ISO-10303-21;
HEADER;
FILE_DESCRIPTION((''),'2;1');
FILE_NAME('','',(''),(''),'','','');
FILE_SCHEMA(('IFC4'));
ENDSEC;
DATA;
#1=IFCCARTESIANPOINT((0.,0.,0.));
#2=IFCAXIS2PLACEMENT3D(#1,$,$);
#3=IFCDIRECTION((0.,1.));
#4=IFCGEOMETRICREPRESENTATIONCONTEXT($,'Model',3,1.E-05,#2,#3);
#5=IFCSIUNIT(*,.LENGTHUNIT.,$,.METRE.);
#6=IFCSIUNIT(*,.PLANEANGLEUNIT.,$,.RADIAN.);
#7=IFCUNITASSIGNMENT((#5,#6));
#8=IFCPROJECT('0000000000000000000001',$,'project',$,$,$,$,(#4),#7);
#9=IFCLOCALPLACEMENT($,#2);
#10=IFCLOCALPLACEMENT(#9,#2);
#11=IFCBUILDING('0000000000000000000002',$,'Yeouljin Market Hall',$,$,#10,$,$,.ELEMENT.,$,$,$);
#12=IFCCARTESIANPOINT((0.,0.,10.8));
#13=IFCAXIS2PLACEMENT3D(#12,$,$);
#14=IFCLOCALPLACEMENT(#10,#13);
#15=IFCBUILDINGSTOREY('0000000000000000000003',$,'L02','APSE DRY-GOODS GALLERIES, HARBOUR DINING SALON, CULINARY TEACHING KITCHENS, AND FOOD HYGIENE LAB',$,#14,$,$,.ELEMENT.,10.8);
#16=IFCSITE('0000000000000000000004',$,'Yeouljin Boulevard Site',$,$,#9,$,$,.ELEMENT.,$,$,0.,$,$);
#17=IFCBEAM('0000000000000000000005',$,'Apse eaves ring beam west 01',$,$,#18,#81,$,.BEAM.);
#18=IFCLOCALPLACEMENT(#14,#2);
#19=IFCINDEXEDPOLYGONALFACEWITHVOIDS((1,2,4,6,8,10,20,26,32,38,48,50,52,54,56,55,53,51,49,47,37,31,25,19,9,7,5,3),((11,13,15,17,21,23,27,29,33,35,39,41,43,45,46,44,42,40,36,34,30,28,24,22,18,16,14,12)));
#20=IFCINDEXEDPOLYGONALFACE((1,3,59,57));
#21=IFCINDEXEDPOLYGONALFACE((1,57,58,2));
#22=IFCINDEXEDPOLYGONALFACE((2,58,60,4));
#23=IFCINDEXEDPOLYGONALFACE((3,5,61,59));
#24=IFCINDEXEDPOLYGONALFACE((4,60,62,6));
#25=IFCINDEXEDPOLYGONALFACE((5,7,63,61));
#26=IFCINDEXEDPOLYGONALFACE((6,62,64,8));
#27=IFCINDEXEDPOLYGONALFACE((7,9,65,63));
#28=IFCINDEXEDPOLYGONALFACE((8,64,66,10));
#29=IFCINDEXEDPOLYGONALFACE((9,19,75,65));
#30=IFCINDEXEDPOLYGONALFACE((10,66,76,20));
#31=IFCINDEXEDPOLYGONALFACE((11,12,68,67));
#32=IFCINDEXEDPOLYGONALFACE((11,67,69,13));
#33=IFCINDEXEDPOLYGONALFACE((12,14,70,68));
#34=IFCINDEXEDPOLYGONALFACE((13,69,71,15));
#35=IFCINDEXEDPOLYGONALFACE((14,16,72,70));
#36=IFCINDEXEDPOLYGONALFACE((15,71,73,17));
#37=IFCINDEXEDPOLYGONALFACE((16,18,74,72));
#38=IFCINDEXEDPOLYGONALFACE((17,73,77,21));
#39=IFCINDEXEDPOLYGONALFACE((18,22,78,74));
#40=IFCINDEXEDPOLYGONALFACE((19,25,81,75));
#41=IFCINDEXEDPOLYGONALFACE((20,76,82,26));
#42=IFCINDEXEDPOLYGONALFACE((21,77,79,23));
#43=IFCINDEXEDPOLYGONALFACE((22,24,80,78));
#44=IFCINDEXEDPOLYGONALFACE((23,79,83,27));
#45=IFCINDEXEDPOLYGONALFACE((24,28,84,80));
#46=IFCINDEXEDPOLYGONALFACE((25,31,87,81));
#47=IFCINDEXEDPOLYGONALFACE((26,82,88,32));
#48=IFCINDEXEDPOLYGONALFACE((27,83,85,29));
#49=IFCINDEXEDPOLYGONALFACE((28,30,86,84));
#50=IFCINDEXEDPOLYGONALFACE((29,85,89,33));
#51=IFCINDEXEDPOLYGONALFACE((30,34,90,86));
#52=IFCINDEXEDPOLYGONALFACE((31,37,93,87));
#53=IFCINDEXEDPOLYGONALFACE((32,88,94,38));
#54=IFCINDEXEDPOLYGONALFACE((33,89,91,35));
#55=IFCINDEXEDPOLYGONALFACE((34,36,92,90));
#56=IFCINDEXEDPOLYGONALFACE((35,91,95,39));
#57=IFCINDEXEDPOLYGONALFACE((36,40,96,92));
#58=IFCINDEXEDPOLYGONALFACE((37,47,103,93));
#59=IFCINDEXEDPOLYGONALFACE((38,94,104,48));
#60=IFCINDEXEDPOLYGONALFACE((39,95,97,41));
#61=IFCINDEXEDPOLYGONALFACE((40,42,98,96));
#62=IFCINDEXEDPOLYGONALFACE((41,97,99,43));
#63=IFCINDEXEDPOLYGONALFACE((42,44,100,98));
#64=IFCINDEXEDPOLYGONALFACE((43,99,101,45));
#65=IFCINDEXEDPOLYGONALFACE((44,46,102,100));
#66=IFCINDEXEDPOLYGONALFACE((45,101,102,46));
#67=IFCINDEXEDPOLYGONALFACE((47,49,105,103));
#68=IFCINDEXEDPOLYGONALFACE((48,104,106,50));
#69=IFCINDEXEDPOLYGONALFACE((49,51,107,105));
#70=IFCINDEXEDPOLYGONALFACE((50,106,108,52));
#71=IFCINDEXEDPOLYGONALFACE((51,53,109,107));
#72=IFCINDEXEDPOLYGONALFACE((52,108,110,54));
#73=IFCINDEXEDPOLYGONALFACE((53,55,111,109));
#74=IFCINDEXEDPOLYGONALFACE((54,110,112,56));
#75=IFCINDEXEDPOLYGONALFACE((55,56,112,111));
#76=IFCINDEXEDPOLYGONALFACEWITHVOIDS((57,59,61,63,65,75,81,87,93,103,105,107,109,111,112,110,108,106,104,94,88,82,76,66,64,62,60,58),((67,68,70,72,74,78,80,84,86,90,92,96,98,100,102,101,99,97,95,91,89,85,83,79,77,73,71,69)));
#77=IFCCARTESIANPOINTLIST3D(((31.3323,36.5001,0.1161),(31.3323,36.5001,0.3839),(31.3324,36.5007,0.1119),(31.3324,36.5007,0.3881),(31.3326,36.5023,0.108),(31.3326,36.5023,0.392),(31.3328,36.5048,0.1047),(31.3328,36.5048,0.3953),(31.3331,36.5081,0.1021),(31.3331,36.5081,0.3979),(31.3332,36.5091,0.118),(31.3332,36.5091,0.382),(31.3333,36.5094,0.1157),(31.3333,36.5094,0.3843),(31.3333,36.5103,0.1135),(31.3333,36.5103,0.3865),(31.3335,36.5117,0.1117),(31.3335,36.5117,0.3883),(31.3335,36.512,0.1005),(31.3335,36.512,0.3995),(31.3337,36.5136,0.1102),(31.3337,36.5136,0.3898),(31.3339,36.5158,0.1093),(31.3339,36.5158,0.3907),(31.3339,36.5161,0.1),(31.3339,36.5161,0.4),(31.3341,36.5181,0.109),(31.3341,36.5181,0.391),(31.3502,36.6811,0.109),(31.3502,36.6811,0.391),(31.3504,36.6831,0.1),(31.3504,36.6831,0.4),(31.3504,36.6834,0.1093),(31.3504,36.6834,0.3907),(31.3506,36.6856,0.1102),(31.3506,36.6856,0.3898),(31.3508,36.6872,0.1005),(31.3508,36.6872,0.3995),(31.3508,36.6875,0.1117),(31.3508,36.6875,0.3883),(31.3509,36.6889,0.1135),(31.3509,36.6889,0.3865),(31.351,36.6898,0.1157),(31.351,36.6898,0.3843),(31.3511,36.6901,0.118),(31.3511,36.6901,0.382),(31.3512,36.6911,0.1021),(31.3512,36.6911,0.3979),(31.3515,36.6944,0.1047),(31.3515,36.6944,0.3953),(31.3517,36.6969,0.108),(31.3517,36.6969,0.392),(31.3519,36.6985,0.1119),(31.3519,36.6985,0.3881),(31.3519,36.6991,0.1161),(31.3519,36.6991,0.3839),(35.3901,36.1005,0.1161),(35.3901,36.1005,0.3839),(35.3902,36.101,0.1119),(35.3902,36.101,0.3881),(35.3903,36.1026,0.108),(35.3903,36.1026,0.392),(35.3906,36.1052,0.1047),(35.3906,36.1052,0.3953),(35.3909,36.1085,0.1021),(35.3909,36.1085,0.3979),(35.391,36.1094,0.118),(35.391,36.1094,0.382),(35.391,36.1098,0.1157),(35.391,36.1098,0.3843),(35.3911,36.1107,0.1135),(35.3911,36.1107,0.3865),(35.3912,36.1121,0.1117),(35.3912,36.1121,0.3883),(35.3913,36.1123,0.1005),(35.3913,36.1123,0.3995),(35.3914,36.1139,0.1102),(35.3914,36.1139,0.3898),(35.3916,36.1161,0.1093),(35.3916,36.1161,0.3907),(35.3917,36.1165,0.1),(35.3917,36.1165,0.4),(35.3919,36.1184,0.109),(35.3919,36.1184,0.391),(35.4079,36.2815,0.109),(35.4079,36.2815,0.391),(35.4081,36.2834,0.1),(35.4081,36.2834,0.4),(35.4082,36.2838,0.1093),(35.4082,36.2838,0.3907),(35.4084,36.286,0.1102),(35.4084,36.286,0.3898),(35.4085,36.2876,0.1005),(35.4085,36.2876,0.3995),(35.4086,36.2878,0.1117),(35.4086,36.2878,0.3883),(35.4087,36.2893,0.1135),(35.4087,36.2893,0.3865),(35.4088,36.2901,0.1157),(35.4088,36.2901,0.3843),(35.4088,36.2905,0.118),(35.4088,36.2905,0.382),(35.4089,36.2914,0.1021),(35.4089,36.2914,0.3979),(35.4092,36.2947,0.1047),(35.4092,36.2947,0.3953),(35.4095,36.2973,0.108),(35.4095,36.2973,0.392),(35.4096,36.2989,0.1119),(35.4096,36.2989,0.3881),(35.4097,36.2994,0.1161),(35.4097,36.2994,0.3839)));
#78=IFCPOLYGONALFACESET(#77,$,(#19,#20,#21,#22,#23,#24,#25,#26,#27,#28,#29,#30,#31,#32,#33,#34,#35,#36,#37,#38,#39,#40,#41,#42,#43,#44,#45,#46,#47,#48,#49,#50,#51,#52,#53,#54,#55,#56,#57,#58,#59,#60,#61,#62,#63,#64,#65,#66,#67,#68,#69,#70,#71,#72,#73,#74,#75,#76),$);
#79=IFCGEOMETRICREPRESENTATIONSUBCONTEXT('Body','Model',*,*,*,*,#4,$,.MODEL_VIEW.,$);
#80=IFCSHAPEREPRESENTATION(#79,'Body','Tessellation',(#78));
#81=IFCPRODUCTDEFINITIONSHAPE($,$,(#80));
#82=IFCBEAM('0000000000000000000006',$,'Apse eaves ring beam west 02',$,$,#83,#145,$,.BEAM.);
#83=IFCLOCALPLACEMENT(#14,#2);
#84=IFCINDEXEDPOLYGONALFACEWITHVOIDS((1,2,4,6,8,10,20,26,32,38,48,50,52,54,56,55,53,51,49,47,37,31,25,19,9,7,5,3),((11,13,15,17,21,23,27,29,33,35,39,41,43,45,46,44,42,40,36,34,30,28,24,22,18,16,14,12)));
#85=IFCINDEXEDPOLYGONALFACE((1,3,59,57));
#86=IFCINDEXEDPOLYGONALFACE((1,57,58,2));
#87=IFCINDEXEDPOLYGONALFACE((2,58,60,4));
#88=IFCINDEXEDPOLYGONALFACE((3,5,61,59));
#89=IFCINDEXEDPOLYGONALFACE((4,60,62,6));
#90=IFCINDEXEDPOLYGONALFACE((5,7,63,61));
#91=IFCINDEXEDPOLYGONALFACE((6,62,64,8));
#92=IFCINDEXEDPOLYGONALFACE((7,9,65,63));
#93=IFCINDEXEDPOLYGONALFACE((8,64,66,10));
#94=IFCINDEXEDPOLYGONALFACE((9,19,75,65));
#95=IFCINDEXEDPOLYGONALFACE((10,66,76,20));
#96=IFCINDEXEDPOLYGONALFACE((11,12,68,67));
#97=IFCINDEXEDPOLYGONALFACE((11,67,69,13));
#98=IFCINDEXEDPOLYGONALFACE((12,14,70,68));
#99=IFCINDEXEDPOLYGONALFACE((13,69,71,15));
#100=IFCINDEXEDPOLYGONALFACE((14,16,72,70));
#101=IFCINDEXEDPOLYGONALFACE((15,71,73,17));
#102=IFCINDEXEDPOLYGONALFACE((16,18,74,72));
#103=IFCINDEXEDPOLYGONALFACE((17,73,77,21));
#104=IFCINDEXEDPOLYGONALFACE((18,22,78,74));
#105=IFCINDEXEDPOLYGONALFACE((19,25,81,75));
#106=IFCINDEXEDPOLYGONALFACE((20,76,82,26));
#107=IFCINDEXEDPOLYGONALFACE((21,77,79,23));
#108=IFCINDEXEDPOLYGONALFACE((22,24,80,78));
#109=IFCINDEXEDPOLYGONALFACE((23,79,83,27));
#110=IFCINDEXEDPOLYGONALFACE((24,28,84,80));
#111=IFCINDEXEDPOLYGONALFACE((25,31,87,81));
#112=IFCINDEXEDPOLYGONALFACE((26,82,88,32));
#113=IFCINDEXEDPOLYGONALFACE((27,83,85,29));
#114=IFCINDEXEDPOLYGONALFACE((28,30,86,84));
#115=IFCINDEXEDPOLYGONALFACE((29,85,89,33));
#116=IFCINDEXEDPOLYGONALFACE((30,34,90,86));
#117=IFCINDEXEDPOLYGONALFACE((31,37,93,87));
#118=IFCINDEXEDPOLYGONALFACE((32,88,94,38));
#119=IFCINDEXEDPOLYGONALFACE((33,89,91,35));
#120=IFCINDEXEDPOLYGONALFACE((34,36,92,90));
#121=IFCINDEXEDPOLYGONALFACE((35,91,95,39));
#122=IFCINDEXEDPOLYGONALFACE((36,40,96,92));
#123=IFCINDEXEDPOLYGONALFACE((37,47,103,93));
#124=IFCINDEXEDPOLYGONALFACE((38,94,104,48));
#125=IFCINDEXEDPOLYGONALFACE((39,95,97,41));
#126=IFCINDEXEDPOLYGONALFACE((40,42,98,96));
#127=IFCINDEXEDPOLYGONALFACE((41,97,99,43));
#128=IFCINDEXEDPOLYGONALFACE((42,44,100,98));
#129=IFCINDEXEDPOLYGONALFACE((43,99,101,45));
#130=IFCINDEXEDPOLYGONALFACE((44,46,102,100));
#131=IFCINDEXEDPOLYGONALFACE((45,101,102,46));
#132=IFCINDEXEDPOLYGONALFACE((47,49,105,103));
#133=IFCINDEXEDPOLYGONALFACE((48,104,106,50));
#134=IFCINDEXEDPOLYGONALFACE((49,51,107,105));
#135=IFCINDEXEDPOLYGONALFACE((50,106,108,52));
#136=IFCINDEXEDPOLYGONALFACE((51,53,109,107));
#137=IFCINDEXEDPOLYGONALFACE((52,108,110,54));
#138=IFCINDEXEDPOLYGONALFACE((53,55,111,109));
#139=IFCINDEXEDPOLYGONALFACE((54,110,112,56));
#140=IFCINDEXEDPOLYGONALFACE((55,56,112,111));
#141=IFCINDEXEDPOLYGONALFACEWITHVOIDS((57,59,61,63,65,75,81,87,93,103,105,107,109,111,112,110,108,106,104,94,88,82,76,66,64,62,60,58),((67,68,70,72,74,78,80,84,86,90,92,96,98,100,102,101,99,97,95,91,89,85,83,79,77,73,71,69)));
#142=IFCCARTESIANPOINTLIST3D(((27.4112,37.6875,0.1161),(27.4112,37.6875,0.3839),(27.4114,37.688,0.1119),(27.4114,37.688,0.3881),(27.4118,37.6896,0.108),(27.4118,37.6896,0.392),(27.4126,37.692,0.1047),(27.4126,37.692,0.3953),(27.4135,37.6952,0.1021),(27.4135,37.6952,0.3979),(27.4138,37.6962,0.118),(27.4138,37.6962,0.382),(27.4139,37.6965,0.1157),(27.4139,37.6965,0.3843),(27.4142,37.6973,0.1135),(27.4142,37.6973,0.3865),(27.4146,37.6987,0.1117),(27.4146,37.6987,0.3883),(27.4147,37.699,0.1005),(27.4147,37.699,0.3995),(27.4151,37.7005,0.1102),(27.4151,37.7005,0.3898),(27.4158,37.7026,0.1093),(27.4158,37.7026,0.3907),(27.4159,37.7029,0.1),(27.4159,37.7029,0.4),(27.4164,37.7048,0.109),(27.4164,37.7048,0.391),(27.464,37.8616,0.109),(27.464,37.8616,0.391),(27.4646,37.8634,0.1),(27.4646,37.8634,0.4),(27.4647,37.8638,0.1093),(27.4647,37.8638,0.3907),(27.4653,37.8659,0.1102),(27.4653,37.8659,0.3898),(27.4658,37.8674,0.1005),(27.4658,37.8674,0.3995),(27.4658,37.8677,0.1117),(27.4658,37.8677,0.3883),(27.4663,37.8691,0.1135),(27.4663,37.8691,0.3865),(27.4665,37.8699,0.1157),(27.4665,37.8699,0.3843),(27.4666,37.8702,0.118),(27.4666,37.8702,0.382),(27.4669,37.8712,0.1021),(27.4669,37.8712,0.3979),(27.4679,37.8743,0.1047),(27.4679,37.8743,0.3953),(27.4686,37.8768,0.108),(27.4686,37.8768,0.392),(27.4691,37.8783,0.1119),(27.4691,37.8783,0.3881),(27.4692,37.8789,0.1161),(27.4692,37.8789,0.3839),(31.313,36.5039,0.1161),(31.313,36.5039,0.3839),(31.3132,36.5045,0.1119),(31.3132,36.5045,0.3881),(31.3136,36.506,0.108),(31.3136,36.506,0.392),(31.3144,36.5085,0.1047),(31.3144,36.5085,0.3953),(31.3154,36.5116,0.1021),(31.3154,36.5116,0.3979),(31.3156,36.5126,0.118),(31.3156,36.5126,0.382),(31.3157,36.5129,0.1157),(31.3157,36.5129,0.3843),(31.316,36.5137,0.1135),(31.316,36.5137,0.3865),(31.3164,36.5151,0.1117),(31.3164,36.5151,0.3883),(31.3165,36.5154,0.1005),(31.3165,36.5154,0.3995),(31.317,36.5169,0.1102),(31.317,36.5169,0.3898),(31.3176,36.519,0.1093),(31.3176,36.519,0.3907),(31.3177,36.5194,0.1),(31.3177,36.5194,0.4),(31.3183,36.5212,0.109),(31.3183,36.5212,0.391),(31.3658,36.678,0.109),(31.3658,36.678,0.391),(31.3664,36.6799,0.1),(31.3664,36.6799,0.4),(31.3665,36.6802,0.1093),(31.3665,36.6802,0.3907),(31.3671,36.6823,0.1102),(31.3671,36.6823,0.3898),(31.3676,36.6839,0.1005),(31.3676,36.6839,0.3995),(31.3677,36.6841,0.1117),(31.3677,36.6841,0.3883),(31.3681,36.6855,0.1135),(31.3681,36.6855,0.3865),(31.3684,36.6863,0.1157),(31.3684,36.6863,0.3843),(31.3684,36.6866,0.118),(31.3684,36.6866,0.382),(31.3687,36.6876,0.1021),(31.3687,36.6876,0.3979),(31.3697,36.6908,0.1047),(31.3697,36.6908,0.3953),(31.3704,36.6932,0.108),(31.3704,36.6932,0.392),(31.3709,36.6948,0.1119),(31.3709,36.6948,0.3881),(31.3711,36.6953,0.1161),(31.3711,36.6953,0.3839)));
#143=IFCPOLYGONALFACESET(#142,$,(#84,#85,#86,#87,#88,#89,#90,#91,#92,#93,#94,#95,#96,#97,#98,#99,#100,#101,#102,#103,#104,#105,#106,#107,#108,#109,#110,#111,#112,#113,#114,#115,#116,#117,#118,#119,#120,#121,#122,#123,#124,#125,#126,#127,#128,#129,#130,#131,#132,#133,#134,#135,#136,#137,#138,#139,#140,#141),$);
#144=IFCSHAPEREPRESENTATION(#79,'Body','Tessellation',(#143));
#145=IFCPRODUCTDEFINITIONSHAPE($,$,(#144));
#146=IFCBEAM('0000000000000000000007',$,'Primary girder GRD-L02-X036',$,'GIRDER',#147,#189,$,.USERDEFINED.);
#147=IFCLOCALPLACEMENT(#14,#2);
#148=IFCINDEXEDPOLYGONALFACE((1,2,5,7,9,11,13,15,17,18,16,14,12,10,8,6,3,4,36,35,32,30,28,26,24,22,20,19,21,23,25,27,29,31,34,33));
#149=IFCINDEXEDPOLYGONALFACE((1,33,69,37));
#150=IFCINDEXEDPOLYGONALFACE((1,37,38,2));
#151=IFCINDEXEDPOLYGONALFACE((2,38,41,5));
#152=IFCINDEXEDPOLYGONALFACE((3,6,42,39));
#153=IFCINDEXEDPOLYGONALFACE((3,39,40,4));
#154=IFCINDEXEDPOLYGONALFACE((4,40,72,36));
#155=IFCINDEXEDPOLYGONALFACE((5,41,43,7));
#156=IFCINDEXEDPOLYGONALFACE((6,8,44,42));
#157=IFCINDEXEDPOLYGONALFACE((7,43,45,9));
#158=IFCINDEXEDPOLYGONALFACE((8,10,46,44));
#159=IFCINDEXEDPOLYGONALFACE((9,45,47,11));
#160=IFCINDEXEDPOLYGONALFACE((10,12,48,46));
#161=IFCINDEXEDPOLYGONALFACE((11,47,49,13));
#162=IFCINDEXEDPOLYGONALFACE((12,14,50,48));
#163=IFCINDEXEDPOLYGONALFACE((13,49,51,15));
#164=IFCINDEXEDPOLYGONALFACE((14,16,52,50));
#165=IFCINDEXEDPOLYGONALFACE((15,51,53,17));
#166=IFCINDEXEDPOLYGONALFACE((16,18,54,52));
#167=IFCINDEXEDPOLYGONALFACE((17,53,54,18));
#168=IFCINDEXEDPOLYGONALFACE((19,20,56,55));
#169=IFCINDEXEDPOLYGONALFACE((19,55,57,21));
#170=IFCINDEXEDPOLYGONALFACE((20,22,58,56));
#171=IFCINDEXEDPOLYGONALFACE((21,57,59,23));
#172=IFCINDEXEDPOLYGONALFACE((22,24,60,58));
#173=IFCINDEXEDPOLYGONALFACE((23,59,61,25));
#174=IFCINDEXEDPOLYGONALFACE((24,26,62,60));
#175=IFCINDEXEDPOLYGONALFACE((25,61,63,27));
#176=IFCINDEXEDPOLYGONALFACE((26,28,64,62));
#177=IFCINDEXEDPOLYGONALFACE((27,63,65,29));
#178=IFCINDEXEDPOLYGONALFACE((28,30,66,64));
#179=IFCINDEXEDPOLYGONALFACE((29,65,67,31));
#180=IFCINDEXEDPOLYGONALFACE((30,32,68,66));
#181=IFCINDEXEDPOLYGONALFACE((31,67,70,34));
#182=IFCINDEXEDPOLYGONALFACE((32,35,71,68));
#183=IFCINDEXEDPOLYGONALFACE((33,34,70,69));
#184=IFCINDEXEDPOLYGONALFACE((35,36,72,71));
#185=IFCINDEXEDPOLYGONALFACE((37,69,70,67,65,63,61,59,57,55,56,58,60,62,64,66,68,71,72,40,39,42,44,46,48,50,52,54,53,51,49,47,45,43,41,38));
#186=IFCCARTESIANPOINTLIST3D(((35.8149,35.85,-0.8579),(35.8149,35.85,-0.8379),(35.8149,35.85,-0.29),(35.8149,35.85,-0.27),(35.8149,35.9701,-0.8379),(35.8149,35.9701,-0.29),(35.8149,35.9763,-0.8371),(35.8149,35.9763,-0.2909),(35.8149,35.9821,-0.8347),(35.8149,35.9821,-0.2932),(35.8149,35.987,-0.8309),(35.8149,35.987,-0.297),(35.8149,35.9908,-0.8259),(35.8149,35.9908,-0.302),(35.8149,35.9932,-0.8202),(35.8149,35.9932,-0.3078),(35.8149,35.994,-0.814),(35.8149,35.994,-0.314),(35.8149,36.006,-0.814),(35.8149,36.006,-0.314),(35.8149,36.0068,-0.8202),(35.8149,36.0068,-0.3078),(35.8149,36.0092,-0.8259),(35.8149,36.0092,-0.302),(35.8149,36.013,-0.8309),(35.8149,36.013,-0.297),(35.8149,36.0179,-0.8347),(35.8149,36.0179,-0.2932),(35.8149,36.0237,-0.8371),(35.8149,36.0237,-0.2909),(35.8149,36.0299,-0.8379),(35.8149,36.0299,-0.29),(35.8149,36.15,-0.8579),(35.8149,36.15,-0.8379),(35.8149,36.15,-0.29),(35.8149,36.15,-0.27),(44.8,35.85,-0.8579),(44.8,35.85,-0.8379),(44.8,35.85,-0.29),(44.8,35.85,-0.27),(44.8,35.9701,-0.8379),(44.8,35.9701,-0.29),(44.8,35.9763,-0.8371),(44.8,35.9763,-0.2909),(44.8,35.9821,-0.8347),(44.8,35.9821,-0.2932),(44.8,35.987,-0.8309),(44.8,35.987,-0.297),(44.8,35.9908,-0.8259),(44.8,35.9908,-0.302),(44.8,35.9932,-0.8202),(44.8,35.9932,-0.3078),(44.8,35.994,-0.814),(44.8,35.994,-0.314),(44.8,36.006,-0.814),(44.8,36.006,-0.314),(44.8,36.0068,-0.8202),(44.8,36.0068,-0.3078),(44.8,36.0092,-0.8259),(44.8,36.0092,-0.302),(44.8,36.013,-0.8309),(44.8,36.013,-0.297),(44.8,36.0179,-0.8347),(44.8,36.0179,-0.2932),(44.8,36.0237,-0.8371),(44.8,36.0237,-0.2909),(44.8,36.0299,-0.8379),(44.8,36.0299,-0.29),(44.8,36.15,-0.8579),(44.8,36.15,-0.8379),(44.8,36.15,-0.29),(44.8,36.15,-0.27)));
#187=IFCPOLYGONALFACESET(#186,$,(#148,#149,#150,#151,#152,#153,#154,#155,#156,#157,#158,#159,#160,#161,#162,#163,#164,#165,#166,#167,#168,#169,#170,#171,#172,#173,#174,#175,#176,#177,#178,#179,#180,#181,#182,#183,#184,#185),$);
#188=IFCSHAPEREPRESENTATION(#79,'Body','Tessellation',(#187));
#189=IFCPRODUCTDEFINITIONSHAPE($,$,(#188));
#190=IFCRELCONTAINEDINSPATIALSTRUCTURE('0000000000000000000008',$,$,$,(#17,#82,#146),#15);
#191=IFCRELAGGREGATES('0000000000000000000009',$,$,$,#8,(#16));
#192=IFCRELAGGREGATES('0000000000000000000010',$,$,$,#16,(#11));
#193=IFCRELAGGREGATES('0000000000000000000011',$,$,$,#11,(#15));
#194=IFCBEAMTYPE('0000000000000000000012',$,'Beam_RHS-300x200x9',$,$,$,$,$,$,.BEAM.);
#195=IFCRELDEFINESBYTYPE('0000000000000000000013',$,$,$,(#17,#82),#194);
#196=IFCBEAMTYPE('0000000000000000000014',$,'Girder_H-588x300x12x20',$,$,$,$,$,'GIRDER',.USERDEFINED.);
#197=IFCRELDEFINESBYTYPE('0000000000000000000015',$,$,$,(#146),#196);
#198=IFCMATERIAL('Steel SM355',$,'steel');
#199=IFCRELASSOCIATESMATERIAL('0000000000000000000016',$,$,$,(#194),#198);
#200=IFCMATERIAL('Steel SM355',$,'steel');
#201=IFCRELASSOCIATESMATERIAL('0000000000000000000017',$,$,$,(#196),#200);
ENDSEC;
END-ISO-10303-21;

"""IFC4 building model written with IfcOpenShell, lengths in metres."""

from ifc_helpers import new_model, si_unit, direction, frame, origin, origin_2d, place, context, subcontext, project, spatial, hollow_rectangle, i_section, extrude, material, material_profile, profile_set, type_object, element, save


model = new_model("IFC4")

# Units and contexts
model_context = context("Model", 3, precision=1e-05, world=origin(), true_north=direction((0.0, 1.0)))
body_context = subcontext(model_context, "Body", "Model", "MODEL_VIEW")
ifc_project = project(units=[si_unit("LENGTHUNIT", "METRE"), si_unit("PLANEANGLEUNIT", "RADIAN")], contexts=[model_context])

# Site, building, storey
site_placement = place(None, origin())
site = spatial("IfcSite", under=ifc_project, at=site_placement, Name="Yeouljin Boulevard Site", CompositionType="ELEMENT", RefElevation=0.0)
building_placement = place(site_placement, origin())
building = spatial("IfcBuilding", under=site, at=building_placement, Name="Yeouljin Market Hall", CompositionType="ELEMENT")
storey_placement = place(building_placement, frame((0.0, 0.0, 10.8)))
storey = spatial("IfcBuildingStorey", under=building, at=storey_placement, Name="L02", Description="APSE DRY-GOODS GALLERIES, HARBOUR DINING SALON, CULINARY TEACHING KITCHENS, AND FOOD HYGIENE LAB", CompositionType="ELEMENT", Elevation=10.8)

# Beams
ifc_material_1 = material(Name="Steel SM355", Category="steel")
ifc_material_profile_1 = material_profile(ifc_material_1, hollow_rectangle(XDim=0.2, YDim=0.3, WallThickness=0.009, InnerFilletRadius=0.009, OuterFilletRadius=0.0161, at=origin_2d()), Name="RHS-300x200x9")
ifc_profile_set_1 = profile_set([ifc_material_profile_1], Name="Steel SM355")
beam_type_1 = type_object("IfcBeamType", Name="Beam_RHS-300x200x9", PredefinedType="BEAM", material=ifc_profile_set_1)
for number, where, z_axis, x_axis, name in (
    (1, (35.3999, 36.2, 0.25), (-0.995185, 0.098016, 0.0), (-0.098016, -0.995185, 0.0), "Apse eaves ring beam west 01"),
    (2, (31.342, 36.5996, 0.25), (-0.956942, 0.29028, 0.0), (-0.29028, -0.956942, 0.0), "Apse eaves ring beam west 02"),
):
    element("IfcBeam", number, at=place(storey_placement, frame(where, z_axis=z_axis, x_axis=x_axis)), inside=storey, type_object=beam_type_1, Name=name, PredefinedType="BEAM", context=body_context, shape_type="SweptSolid", body=[
        extrude(hollow_rectangle(XDim=0.2, YDim=0.3, WallThickness=0.009, InnerFilletRadius=0.009, OuterFilletRadius=0.0161, at=origin_2d()), origin(), (0.0, 0.0, 1.0), 4.0774),
    ])
ifc_material_2 = material(Name="Steel SM355", Category="steel")
ifc_material_profile_2 = material_profile(ifc_material_2, i_section(OverallWidth=0.3, OverallDepth=0.5879, WebThickness=0.012, FlangeThickness=0.02, FilletRadius=0.0239, at=origin_2d()), Name="H-588x300x12x20")
ifc_profile_set_2 = profile_set([ifc_material_profile_2], Name="Steel SM355")
beam_type_2 = type_object("IfcBeamType", Name="Girder_H-588x300x12x20", ElementType="GIRDER", PredefinedType="USERDEFINED", material=ifc_profile_set_2)
beam_1_placement = place(storey_placement, frame((35.8149, 36.0, -0.564), z_axis=(1.0, 0.0, 0.0), x_axis=(0.0, 1.0, 0.0)))
element("IfcBeam", 3, at=beam_1_placement, inside=storey, type_object=beam_type_2, Name="Primary girder GRD-L02-X036", ObjectType="GIRDER", PredefinedType="USERDEFINED", context=body_context, shape_type="SweptSolid", body=[
    extrude(i_section(OverallWidth=0.3, OverallDepth=0.5879, WebThickness=0.012, FlangeThickness=0.02, FilletRadius=0.0239, at=origin_2d()), origin(), (0.0, 0.0, 1.0), 8.9851),
])

save(model, "model.ifc")
